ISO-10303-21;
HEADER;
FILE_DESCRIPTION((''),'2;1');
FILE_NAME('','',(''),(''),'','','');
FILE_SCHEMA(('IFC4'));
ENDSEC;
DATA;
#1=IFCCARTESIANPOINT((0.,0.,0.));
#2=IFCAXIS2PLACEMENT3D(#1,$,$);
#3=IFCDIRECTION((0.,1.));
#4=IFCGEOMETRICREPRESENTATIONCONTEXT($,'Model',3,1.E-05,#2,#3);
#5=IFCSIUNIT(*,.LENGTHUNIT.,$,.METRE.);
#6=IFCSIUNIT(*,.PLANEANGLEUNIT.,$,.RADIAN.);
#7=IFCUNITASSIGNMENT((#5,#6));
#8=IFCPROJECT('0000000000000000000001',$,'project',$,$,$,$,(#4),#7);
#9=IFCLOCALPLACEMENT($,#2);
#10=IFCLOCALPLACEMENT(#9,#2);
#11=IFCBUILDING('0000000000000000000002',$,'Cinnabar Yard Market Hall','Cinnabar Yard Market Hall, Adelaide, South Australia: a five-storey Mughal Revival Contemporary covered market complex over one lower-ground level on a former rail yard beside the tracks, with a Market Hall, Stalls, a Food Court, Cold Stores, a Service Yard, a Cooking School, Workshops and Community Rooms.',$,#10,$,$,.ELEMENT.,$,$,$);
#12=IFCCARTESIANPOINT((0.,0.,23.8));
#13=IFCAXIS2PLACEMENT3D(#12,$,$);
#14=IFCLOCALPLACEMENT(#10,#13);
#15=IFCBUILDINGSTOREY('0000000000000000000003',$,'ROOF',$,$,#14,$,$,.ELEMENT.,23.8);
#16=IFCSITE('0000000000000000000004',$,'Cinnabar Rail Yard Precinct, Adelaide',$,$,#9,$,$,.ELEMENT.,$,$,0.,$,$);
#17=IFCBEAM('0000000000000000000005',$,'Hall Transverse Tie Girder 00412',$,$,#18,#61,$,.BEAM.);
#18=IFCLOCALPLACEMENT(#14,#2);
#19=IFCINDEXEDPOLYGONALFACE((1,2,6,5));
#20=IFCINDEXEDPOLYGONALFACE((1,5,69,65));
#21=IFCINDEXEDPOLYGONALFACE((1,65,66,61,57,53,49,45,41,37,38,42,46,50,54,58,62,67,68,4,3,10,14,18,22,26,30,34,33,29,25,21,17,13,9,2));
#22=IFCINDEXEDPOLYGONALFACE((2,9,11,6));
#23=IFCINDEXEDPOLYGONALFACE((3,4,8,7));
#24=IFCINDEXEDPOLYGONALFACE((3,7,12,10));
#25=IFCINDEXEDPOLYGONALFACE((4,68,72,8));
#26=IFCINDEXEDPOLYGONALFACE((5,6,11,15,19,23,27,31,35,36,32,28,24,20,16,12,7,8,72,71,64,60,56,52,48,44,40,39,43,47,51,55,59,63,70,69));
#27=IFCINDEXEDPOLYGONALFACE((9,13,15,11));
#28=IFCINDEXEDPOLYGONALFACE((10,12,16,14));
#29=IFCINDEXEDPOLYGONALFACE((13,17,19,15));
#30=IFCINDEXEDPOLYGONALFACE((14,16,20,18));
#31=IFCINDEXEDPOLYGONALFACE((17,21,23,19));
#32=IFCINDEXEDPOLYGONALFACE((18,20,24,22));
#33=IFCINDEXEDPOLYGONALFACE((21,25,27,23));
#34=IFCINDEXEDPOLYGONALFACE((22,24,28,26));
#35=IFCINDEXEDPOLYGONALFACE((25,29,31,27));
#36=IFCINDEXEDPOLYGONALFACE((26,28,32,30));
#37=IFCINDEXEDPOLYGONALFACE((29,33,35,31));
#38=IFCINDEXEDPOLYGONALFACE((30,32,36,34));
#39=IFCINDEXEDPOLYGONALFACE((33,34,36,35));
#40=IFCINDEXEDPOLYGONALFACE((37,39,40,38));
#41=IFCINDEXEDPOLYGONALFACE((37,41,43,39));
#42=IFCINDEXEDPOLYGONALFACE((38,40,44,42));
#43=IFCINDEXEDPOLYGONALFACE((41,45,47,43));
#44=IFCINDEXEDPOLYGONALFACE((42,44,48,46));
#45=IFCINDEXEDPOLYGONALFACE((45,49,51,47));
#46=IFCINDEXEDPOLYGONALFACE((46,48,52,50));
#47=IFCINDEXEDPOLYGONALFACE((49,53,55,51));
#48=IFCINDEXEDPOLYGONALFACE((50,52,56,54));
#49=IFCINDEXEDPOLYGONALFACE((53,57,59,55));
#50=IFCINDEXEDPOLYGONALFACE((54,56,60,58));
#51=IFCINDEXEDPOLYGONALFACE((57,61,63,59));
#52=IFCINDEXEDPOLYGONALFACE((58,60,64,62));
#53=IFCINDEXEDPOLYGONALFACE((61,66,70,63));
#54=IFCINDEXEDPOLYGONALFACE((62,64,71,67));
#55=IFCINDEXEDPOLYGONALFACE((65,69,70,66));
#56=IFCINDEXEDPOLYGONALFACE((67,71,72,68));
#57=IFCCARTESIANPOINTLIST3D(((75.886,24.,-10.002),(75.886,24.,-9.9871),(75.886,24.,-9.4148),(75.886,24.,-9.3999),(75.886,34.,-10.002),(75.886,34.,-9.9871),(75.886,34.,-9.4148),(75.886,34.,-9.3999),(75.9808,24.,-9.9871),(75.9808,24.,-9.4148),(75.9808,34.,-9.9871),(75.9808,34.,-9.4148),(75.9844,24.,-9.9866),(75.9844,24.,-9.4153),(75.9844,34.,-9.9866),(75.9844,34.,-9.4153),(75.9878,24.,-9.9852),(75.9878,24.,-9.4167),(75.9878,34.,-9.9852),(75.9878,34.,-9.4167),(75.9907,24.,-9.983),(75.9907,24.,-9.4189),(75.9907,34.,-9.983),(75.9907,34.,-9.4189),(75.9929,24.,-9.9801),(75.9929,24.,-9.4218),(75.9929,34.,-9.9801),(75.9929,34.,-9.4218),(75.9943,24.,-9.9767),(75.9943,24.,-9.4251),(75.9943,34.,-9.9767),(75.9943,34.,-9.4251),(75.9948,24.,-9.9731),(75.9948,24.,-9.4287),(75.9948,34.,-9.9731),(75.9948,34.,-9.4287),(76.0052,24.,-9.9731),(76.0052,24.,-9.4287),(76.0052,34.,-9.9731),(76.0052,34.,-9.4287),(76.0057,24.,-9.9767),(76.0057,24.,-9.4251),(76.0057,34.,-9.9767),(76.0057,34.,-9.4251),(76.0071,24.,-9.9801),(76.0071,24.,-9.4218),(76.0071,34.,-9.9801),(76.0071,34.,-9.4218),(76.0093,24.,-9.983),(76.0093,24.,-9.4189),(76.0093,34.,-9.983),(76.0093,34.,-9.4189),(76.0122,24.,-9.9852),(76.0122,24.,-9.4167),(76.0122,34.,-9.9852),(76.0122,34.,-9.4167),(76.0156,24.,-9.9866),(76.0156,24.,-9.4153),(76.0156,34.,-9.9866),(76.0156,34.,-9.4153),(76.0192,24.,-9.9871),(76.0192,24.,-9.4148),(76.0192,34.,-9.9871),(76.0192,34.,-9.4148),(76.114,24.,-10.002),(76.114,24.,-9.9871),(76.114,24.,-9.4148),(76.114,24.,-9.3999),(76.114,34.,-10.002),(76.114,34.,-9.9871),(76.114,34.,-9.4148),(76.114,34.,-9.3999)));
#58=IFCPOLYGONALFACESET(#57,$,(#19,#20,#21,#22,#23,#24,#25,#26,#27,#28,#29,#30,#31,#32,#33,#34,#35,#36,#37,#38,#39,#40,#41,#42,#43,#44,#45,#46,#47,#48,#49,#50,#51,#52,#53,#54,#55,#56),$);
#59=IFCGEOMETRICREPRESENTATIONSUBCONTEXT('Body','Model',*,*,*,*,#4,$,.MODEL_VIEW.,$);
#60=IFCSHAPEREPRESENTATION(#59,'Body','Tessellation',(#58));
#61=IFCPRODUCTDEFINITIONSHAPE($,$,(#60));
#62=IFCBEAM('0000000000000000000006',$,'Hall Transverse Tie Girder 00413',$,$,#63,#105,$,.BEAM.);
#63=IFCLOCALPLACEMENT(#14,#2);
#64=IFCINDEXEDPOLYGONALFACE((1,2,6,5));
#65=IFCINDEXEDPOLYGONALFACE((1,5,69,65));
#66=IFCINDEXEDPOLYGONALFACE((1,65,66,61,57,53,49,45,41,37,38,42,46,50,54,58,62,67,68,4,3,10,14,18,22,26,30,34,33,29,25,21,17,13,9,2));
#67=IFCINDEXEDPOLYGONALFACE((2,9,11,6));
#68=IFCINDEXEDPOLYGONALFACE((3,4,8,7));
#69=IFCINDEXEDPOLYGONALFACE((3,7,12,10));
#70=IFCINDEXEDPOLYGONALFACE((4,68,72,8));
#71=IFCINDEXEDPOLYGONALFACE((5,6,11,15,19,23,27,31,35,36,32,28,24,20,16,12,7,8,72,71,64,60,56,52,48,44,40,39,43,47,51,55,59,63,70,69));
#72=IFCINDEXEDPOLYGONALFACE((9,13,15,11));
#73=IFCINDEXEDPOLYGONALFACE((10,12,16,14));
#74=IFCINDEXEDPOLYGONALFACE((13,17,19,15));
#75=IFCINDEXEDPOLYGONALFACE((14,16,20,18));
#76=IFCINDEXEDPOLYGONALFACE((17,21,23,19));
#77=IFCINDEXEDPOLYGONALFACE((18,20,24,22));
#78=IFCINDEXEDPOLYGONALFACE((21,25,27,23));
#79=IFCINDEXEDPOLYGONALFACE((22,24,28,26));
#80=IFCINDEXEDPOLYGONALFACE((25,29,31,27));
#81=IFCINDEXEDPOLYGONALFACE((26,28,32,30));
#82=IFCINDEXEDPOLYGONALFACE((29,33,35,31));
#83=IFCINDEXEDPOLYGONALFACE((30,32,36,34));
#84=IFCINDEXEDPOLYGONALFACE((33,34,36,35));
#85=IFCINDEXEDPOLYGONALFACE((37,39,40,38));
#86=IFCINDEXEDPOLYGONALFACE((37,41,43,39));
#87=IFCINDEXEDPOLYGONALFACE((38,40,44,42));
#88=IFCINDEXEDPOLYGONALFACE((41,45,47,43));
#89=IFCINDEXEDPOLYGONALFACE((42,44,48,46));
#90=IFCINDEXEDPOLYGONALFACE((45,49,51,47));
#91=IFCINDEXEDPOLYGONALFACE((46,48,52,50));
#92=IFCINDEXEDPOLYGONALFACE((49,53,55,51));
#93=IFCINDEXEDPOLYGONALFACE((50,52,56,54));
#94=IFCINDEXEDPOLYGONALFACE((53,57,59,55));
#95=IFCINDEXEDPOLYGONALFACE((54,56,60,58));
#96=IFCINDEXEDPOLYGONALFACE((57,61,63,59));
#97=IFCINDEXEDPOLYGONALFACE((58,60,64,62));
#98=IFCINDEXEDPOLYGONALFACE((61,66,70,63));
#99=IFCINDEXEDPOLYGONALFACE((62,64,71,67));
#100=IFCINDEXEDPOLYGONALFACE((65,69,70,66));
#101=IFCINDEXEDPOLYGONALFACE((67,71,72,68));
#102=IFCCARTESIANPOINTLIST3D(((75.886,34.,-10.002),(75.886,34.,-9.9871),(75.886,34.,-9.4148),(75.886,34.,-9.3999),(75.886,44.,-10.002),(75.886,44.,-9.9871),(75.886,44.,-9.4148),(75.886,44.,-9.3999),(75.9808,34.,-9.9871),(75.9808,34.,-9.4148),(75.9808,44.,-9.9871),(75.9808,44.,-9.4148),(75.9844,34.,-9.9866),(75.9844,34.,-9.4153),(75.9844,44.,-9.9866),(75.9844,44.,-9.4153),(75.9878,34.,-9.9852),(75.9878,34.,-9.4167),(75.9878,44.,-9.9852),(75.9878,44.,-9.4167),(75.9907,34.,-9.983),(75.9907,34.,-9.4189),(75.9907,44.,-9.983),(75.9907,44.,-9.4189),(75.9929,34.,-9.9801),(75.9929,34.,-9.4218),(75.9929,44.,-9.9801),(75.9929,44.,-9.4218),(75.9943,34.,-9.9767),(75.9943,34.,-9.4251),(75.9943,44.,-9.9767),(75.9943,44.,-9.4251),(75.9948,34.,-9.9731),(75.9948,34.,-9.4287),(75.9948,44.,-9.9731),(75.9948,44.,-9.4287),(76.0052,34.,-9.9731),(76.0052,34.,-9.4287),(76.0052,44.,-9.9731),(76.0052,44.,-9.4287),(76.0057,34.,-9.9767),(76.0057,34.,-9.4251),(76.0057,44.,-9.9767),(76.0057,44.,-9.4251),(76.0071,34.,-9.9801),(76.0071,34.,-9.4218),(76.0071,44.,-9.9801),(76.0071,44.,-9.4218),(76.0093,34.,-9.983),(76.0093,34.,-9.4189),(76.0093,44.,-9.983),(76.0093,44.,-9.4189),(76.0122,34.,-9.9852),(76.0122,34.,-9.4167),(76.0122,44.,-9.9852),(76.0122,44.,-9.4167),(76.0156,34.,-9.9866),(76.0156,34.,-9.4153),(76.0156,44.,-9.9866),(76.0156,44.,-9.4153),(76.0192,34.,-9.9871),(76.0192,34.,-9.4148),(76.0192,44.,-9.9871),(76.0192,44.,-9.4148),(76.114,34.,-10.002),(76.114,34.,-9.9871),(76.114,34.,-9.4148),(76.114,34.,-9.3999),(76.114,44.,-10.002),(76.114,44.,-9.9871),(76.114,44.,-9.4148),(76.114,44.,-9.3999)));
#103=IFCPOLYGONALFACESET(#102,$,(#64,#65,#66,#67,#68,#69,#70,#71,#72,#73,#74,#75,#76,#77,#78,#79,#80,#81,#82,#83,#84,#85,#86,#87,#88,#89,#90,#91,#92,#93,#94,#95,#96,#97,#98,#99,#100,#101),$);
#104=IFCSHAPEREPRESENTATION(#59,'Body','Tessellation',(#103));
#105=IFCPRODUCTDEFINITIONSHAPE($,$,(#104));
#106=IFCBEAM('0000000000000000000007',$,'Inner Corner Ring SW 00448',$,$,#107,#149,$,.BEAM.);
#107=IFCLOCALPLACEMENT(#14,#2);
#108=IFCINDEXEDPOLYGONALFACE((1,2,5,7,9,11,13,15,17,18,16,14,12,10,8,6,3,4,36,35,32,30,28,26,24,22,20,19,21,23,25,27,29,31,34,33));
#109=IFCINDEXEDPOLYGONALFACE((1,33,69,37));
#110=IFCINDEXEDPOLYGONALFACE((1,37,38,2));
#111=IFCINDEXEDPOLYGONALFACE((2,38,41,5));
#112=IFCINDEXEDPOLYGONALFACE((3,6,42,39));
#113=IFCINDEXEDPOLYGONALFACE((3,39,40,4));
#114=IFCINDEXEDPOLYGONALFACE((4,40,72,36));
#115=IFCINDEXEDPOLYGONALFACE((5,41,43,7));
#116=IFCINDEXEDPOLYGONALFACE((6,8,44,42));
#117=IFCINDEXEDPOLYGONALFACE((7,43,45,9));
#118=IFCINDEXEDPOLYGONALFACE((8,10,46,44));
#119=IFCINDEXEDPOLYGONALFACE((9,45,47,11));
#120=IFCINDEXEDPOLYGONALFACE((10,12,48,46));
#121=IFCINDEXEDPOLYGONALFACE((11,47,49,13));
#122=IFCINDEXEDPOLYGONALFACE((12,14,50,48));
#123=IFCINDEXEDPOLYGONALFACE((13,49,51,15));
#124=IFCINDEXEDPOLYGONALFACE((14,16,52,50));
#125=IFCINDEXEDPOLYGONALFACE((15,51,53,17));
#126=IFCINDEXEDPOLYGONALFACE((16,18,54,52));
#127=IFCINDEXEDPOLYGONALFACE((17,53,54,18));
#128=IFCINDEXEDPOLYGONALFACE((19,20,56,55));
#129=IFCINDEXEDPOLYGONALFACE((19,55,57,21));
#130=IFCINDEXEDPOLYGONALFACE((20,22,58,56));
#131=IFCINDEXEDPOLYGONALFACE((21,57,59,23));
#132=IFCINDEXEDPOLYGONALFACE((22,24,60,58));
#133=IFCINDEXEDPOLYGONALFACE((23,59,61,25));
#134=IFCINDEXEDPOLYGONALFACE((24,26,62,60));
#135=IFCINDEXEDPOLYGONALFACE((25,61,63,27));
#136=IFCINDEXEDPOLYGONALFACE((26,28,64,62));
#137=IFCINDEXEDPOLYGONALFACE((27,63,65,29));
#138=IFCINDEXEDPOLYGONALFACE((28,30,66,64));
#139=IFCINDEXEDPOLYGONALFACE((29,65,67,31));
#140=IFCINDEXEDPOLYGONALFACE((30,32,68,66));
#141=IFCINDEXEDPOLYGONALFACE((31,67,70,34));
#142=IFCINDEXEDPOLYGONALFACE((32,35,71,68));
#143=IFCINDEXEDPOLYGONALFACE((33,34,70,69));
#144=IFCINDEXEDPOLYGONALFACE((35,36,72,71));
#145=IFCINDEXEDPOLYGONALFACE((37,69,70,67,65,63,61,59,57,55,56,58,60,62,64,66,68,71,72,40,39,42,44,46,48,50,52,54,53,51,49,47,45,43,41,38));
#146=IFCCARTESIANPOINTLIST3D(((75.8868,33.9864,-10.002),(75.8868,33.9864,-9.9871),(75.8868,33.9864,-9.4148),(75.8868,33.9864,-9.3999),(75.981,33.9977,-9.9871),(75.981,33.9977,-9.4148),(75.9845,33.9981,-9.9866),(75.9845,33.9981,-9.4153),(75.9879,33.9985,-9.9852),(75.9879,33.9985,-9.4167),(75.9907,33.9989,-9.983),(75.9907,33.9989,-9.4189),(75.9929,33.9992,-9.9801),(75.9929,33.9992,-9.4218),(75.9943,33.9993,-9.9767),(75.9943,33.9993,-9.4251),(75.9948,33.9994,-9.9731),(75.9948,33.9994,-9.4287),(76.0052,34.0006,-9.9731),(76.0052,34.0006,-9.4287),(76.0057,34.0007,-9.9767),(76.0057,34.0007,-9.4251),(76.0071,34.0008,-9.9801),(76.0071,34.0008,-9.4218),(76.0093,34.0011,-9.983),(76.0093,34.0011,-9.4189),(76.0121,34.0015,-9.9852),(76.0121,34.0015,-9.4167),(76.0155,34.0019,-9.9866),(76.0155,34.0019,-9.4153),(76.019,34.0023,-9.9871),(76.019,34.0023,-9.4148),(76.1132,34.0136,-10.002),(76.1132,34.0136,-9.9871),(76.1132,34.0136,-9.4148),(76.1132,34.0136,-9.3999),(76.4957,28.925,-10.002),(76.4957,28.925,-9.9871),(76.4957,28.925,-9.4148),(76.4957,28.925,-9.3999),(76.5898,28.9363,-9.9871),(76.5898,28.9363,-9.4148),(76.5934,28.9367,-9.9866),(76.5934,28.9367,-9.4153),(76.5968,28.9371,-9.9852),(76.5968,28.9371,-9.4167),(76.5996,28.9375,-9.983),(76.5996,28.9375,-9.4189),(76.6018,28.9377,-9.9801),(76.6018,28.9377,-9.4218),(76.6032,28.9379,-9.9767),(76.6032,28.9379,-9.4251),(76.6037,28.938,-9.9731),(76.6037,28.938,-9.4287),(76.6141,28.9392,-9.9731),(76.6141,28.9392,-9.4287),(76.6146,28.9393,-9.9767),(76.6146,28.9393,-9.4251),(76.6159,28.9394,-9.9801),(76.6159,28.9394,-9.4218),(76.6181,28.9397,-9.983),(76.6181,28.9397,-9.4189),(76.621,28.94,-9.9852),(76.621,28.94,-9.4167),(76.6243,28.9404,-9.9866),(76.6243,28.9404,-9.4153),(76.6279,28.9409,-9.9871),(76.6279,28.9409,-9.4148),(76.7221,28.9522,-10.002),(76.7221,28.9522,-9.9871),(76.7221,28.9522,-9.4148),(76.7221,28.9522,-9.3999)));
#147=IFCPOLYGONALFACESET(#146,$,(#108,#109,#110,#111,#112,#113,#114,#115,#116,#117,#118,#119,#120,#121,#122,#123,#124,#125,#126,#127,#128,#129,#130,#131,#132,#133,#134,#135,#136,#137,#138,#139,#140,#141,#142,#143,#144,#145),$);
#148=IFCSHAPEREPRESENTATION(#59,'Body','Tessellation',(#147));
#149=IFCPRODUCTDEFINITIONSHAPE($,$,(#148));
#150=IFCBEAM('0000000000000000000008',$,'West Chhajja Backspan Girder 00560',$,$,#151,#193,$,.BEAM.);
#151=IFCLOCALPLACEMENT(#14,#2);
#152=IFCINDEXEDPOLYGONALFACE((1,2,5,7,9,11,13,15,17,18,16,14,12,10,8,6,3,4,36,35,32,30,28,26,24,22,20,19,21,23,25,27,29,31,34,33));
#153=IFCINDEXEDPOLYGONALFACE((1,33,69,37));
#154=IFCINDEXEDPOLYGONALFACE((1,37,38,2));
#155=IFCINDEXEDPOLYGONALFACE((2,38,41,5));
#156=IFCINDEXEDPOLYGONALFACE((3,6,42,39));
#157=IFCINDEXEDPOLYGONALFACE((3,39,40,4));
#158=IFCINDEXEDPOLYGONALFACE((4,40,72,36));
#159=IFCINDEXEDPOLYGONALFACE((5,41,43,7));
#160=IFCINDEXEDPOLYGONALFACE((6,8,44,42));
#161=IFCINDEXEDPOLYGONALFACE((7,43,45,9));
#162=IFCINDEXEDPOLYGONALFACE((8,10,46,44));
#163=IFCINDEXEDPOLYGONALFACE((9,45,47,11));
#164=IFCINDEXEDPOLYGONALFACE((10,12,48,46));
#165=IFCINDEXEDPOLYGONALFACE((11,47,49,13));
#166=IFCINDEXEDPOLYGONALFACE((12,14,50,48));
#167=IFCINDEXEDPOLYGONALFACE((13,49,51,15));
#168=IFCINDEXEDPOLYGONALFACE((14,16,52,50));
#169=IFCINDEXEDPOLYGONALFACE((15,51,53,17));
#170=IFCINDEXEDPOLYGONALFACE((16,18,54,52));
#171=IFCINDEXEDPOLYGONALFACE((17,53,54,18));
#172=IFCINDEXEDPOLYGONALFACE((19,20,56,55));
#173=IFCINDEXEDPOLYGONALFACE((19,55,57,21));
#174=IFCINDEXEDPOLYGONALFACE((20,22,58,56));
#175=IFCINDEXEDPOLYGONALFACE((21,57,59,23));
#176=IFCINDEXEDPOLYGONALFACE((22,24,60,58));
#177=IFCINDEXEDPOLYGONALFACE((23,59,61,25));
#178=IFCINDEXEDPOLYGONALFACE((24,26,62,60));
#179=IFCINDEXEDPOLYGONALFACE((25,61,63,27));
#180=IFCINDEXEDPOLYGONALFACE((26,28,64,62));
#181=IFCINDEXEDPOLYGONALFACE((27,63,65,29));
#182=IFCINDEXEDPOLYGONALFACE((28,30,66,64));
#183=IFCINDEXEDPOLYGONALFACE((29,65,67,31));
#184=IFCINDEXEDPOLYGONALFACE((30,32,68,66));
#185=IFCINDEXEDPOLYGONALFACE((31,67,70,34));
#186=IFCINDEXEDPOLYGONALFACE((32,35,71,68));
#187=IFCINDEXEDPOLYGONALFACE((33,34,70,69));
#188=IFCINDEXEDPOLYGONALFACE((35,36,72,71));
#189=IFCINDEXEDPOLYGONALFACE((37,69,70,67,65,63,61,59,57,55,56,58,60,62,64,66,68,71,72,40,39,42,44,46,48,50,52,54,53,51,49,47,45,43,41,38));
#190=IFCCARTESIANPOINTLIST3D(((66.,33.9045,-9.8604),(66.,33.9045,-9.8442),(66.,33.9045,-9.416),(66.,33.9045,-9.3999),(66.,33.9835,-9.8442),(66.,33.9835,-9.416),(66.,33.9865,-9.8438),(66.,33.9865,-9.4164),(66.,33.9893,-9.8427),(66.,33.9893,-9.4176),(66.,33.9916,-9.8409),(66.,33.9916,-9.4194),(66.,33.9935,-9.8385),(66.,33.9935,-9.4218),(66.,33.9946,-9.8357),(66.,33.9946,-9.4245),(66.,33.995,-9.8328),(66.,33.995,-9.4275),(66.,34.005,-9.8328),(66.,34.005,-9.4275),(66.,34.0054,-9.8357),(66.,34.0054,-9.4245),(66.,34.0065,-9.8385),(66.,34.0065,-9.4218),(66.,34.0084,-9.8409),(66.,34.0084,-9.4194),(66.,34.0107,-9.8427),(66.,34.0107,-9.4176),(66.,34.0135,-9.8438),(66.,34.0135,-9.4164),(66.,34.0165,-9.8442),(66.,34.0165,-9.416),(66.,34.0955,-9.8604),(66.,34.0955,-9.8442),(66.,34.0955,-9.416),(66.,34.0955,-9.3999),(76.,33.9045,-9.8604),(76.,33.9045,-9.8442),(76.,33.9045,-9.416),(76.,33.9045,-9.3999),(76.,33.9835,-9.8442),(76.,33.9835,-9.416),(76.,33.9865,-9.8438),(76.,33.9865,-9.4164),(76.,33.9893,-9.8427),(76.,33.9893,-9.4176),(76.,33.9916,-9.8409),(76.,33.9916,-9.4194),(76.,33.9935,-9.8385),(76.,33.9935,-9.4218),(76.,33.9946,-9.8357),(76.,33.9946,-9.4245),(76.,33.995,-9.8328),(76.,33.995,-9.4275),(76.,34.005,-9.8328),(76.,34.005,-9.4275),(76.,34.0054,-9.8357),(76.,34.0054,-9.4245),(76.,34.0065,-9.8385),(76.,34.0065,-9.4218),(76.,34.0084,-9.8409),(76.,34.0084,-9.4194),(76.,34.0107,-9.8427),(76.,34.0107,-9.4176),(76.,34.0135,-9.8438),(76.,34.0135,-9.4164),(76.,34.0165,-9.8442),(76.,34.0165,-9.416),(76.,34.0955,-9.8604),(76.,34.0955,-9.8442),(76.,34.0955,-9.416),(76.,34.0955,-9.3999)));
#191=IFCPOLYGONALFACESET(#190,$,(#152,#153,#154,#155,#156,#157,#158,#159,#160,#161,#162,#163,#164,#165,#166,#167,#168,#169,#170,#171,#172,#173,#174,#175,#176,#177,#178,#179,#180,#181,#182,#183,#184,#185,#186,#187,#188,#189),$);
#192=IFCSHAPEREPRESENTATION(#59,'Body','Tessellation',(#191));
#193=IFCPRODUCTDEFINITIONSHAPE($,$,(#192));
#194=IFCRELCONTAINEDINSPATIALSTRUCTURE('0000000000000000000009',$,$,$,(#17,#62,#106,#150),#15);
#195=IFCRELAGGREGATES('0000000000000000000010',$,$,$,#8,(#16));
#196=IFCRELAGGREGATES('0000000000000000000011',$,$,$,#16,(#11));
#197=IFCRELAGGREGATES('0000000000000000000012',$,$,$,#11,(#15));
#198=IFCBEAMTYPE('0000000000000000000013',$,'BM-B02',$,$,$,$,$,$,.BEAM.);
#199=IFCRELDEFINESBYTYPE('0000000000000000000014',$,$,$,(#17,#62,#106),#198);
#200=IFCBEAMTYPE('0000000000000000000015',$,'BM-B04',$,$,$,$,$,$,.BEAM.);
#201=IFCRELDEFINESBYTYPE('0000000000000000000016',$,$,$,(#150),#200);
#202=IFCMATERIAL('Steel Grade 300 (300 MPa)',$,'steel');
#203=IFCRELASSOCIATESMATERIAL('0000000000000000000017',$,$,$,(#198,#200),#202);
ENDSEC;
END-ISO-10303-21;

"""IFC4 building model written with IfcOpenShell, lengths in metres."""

from ifc_helpers import new_model, si_unit, direction, frame, origin, origin_2d_with_axis, place, context, subcontext, project, spatial, i_section, extrude, material, material_profile, profile_set, type_object, element, save


model = new_model("IFC4")

# Units and contexts
model_context = context("Model", 3, precision=1e-05, world=origin(), true_north=direction((0.0, 1.0)))
body_context = subcontext(model_context, "Body", "Model", "MODEL_VIEW")
ifc_project = project(units=[si_unit("LENGTHUNIT", "METRE"), si_unit("PLANEANGLEUNIT", "RADIAN")], contexts=[model_context])

# Site, building, storey
site_placement = place(None, origin())
site = spatial("IfcSite", under=ifc_project, at=site_placement, Name="Cinnabar Rail Yard Precinct, Adelaide", CompositionType="ELEMENT", RefElevation=0.0)
building_placement = place(site_placement, origin())
building = spatial("IfcBuilding", under=site, at=building_placement, Name="Cinnabar Yard Market Hall", Description="Cinnabar Yard Market Hall, Adelaide, South Australia: a five-storey Mughal Revival Contemporary covered market complex over one lower-ground level on a former rail yard beside the tracks, with a Market Hall, Stalls, a Food Court, Cold Stores, a Service Yard, a Cooking School, Workshops and Community Rooms.", CompositionType="ELEMENT")
storey_placement = place(building_placement, frame((0.0, 0.0, 23.8)))
storey = spatial("IfcBuildingStorey", under=building, at=storey_placement, Name="ROOF", CompositionType="ELEMENT", Elevation=23.8)

# Beams
ifc_material_1 = material(Name="Steel Grade 300 (300 MPa)", Category="steel")
ifc_material_profile_1 = material_profile(ifc_material_1, i_section(OverallWidth=0.228, OverallDepth=0.6021, WebThickness=0.0105, FlangeThickness=0.0149, FilletRadius=0.0139, at=origin_2d_with_axis()), Name="610UB101")
ifc_profile_set_1 = profile_set([ifc_material_profile_1], Name="Steel Grade 300 (300 MPa)")
beam_type_1 = type_object("IfcBeamType", Name="BM-B02", PredefinedType="BEAM", material=ifc_profile_set_1)
for number, where, z_axis, x_axis, name in (
    (1, (76.0, 24.0, -9.7009), (0.0, 1.0, 0.0), (-1.0, 0.0, 0.0), "Hall Transverse Tie Girder 00412"),
    (2, (76.0, 34.0, -9.7009), (0.0, 1.0, 0.0), (-1.0, 0.0, 0.0), "Hall Transverse Tie Girder 00413"),
):
    element("IfcBeam", number, at=place(storey_placement, frame(where, z_axis=z_axis, x_axis=x_axis)), inside=storey, type_object=beam_type_1, Name=name, PredefinedType="BEAM", context=body_context, shape_type="SweptSolid", body=[
        extrude(i_section(OverallWidth=0.228, OverallDepth=0.6021, WebThickness=0.0105, FlangeThickness=0.0149, FilletRadius=0.0139, at=origin_2d_with_axis()), origin(), (0.0, 0.0, 1.0), 10.0),
    ])
beam_1_placement = place(storey_placement, frame((76.0, 34.0, -9.7009), z_axis=(0.119436, -0.992842, 0.0), x_axis=(0.992842, 0.119436, 0.0)))
element("IfcBeam", 3, at=beam_1_placement, inside=storey, type_object=beam_type_1, Name="Inner Corner Ring SW 00448", PredefinedType="BEAM", context=body_context, shape_type="SweptSolid", body=[
    extrude(i_section(OverallWidth=0.228, OverallDepth=0.6021, WebThickness=0.0105, FlangeThickness=0.0149, FilletRadius=0.0139, at=origin_2d_with_axis()), origin(), (0.0, 0.0, 1.0), 5.0979),
])
ifc_material_profile_2 = material_profile(ifc_material_1, i_section(OverallWidth=0.1909, OverallDepth=0.4604, WebThickness=0.01, FlangeThickness=0.0161, FilletRadius=0.0115, at=origin_2d_with_axis()), Name="460UB82.1")
ifc_profile_set_2 = profile_set([ifc_material_profile_2], Name="Steel Grade 300 (300 MPa)")
beam_type_2 = type_object("IfcBeamType", Name="BM-B04", PredefinedType="BEAM", material=ifc_profile_set_2)
beam_2_placement = place(storey_placement, frame((76.0, 34.0, -9.6301), z_axis=(-1.0, 0.0, 0.0), x_axis=(0.0, -1.0, 0.0)))
element("IfcBeam", 4, at=beam_2_placement, inside=storey, type_object=beam_type_2, Name="West Chhajja Backspan Girder 00560", PredefinedType="BEAM", context=body_context, shape_type="SweptSolid", body=[
    extrude(i_section(OverallWidth=0.1909, OverallDepth=0.4604, WebThickness=0.01, FlangeThickness=0.0161, FilletRadius=0.0115, at=origin_2d_with_axis()), origin(), (0.0, 0.0, 1.0), 10.0),
])

save(model, "model.ifc")
